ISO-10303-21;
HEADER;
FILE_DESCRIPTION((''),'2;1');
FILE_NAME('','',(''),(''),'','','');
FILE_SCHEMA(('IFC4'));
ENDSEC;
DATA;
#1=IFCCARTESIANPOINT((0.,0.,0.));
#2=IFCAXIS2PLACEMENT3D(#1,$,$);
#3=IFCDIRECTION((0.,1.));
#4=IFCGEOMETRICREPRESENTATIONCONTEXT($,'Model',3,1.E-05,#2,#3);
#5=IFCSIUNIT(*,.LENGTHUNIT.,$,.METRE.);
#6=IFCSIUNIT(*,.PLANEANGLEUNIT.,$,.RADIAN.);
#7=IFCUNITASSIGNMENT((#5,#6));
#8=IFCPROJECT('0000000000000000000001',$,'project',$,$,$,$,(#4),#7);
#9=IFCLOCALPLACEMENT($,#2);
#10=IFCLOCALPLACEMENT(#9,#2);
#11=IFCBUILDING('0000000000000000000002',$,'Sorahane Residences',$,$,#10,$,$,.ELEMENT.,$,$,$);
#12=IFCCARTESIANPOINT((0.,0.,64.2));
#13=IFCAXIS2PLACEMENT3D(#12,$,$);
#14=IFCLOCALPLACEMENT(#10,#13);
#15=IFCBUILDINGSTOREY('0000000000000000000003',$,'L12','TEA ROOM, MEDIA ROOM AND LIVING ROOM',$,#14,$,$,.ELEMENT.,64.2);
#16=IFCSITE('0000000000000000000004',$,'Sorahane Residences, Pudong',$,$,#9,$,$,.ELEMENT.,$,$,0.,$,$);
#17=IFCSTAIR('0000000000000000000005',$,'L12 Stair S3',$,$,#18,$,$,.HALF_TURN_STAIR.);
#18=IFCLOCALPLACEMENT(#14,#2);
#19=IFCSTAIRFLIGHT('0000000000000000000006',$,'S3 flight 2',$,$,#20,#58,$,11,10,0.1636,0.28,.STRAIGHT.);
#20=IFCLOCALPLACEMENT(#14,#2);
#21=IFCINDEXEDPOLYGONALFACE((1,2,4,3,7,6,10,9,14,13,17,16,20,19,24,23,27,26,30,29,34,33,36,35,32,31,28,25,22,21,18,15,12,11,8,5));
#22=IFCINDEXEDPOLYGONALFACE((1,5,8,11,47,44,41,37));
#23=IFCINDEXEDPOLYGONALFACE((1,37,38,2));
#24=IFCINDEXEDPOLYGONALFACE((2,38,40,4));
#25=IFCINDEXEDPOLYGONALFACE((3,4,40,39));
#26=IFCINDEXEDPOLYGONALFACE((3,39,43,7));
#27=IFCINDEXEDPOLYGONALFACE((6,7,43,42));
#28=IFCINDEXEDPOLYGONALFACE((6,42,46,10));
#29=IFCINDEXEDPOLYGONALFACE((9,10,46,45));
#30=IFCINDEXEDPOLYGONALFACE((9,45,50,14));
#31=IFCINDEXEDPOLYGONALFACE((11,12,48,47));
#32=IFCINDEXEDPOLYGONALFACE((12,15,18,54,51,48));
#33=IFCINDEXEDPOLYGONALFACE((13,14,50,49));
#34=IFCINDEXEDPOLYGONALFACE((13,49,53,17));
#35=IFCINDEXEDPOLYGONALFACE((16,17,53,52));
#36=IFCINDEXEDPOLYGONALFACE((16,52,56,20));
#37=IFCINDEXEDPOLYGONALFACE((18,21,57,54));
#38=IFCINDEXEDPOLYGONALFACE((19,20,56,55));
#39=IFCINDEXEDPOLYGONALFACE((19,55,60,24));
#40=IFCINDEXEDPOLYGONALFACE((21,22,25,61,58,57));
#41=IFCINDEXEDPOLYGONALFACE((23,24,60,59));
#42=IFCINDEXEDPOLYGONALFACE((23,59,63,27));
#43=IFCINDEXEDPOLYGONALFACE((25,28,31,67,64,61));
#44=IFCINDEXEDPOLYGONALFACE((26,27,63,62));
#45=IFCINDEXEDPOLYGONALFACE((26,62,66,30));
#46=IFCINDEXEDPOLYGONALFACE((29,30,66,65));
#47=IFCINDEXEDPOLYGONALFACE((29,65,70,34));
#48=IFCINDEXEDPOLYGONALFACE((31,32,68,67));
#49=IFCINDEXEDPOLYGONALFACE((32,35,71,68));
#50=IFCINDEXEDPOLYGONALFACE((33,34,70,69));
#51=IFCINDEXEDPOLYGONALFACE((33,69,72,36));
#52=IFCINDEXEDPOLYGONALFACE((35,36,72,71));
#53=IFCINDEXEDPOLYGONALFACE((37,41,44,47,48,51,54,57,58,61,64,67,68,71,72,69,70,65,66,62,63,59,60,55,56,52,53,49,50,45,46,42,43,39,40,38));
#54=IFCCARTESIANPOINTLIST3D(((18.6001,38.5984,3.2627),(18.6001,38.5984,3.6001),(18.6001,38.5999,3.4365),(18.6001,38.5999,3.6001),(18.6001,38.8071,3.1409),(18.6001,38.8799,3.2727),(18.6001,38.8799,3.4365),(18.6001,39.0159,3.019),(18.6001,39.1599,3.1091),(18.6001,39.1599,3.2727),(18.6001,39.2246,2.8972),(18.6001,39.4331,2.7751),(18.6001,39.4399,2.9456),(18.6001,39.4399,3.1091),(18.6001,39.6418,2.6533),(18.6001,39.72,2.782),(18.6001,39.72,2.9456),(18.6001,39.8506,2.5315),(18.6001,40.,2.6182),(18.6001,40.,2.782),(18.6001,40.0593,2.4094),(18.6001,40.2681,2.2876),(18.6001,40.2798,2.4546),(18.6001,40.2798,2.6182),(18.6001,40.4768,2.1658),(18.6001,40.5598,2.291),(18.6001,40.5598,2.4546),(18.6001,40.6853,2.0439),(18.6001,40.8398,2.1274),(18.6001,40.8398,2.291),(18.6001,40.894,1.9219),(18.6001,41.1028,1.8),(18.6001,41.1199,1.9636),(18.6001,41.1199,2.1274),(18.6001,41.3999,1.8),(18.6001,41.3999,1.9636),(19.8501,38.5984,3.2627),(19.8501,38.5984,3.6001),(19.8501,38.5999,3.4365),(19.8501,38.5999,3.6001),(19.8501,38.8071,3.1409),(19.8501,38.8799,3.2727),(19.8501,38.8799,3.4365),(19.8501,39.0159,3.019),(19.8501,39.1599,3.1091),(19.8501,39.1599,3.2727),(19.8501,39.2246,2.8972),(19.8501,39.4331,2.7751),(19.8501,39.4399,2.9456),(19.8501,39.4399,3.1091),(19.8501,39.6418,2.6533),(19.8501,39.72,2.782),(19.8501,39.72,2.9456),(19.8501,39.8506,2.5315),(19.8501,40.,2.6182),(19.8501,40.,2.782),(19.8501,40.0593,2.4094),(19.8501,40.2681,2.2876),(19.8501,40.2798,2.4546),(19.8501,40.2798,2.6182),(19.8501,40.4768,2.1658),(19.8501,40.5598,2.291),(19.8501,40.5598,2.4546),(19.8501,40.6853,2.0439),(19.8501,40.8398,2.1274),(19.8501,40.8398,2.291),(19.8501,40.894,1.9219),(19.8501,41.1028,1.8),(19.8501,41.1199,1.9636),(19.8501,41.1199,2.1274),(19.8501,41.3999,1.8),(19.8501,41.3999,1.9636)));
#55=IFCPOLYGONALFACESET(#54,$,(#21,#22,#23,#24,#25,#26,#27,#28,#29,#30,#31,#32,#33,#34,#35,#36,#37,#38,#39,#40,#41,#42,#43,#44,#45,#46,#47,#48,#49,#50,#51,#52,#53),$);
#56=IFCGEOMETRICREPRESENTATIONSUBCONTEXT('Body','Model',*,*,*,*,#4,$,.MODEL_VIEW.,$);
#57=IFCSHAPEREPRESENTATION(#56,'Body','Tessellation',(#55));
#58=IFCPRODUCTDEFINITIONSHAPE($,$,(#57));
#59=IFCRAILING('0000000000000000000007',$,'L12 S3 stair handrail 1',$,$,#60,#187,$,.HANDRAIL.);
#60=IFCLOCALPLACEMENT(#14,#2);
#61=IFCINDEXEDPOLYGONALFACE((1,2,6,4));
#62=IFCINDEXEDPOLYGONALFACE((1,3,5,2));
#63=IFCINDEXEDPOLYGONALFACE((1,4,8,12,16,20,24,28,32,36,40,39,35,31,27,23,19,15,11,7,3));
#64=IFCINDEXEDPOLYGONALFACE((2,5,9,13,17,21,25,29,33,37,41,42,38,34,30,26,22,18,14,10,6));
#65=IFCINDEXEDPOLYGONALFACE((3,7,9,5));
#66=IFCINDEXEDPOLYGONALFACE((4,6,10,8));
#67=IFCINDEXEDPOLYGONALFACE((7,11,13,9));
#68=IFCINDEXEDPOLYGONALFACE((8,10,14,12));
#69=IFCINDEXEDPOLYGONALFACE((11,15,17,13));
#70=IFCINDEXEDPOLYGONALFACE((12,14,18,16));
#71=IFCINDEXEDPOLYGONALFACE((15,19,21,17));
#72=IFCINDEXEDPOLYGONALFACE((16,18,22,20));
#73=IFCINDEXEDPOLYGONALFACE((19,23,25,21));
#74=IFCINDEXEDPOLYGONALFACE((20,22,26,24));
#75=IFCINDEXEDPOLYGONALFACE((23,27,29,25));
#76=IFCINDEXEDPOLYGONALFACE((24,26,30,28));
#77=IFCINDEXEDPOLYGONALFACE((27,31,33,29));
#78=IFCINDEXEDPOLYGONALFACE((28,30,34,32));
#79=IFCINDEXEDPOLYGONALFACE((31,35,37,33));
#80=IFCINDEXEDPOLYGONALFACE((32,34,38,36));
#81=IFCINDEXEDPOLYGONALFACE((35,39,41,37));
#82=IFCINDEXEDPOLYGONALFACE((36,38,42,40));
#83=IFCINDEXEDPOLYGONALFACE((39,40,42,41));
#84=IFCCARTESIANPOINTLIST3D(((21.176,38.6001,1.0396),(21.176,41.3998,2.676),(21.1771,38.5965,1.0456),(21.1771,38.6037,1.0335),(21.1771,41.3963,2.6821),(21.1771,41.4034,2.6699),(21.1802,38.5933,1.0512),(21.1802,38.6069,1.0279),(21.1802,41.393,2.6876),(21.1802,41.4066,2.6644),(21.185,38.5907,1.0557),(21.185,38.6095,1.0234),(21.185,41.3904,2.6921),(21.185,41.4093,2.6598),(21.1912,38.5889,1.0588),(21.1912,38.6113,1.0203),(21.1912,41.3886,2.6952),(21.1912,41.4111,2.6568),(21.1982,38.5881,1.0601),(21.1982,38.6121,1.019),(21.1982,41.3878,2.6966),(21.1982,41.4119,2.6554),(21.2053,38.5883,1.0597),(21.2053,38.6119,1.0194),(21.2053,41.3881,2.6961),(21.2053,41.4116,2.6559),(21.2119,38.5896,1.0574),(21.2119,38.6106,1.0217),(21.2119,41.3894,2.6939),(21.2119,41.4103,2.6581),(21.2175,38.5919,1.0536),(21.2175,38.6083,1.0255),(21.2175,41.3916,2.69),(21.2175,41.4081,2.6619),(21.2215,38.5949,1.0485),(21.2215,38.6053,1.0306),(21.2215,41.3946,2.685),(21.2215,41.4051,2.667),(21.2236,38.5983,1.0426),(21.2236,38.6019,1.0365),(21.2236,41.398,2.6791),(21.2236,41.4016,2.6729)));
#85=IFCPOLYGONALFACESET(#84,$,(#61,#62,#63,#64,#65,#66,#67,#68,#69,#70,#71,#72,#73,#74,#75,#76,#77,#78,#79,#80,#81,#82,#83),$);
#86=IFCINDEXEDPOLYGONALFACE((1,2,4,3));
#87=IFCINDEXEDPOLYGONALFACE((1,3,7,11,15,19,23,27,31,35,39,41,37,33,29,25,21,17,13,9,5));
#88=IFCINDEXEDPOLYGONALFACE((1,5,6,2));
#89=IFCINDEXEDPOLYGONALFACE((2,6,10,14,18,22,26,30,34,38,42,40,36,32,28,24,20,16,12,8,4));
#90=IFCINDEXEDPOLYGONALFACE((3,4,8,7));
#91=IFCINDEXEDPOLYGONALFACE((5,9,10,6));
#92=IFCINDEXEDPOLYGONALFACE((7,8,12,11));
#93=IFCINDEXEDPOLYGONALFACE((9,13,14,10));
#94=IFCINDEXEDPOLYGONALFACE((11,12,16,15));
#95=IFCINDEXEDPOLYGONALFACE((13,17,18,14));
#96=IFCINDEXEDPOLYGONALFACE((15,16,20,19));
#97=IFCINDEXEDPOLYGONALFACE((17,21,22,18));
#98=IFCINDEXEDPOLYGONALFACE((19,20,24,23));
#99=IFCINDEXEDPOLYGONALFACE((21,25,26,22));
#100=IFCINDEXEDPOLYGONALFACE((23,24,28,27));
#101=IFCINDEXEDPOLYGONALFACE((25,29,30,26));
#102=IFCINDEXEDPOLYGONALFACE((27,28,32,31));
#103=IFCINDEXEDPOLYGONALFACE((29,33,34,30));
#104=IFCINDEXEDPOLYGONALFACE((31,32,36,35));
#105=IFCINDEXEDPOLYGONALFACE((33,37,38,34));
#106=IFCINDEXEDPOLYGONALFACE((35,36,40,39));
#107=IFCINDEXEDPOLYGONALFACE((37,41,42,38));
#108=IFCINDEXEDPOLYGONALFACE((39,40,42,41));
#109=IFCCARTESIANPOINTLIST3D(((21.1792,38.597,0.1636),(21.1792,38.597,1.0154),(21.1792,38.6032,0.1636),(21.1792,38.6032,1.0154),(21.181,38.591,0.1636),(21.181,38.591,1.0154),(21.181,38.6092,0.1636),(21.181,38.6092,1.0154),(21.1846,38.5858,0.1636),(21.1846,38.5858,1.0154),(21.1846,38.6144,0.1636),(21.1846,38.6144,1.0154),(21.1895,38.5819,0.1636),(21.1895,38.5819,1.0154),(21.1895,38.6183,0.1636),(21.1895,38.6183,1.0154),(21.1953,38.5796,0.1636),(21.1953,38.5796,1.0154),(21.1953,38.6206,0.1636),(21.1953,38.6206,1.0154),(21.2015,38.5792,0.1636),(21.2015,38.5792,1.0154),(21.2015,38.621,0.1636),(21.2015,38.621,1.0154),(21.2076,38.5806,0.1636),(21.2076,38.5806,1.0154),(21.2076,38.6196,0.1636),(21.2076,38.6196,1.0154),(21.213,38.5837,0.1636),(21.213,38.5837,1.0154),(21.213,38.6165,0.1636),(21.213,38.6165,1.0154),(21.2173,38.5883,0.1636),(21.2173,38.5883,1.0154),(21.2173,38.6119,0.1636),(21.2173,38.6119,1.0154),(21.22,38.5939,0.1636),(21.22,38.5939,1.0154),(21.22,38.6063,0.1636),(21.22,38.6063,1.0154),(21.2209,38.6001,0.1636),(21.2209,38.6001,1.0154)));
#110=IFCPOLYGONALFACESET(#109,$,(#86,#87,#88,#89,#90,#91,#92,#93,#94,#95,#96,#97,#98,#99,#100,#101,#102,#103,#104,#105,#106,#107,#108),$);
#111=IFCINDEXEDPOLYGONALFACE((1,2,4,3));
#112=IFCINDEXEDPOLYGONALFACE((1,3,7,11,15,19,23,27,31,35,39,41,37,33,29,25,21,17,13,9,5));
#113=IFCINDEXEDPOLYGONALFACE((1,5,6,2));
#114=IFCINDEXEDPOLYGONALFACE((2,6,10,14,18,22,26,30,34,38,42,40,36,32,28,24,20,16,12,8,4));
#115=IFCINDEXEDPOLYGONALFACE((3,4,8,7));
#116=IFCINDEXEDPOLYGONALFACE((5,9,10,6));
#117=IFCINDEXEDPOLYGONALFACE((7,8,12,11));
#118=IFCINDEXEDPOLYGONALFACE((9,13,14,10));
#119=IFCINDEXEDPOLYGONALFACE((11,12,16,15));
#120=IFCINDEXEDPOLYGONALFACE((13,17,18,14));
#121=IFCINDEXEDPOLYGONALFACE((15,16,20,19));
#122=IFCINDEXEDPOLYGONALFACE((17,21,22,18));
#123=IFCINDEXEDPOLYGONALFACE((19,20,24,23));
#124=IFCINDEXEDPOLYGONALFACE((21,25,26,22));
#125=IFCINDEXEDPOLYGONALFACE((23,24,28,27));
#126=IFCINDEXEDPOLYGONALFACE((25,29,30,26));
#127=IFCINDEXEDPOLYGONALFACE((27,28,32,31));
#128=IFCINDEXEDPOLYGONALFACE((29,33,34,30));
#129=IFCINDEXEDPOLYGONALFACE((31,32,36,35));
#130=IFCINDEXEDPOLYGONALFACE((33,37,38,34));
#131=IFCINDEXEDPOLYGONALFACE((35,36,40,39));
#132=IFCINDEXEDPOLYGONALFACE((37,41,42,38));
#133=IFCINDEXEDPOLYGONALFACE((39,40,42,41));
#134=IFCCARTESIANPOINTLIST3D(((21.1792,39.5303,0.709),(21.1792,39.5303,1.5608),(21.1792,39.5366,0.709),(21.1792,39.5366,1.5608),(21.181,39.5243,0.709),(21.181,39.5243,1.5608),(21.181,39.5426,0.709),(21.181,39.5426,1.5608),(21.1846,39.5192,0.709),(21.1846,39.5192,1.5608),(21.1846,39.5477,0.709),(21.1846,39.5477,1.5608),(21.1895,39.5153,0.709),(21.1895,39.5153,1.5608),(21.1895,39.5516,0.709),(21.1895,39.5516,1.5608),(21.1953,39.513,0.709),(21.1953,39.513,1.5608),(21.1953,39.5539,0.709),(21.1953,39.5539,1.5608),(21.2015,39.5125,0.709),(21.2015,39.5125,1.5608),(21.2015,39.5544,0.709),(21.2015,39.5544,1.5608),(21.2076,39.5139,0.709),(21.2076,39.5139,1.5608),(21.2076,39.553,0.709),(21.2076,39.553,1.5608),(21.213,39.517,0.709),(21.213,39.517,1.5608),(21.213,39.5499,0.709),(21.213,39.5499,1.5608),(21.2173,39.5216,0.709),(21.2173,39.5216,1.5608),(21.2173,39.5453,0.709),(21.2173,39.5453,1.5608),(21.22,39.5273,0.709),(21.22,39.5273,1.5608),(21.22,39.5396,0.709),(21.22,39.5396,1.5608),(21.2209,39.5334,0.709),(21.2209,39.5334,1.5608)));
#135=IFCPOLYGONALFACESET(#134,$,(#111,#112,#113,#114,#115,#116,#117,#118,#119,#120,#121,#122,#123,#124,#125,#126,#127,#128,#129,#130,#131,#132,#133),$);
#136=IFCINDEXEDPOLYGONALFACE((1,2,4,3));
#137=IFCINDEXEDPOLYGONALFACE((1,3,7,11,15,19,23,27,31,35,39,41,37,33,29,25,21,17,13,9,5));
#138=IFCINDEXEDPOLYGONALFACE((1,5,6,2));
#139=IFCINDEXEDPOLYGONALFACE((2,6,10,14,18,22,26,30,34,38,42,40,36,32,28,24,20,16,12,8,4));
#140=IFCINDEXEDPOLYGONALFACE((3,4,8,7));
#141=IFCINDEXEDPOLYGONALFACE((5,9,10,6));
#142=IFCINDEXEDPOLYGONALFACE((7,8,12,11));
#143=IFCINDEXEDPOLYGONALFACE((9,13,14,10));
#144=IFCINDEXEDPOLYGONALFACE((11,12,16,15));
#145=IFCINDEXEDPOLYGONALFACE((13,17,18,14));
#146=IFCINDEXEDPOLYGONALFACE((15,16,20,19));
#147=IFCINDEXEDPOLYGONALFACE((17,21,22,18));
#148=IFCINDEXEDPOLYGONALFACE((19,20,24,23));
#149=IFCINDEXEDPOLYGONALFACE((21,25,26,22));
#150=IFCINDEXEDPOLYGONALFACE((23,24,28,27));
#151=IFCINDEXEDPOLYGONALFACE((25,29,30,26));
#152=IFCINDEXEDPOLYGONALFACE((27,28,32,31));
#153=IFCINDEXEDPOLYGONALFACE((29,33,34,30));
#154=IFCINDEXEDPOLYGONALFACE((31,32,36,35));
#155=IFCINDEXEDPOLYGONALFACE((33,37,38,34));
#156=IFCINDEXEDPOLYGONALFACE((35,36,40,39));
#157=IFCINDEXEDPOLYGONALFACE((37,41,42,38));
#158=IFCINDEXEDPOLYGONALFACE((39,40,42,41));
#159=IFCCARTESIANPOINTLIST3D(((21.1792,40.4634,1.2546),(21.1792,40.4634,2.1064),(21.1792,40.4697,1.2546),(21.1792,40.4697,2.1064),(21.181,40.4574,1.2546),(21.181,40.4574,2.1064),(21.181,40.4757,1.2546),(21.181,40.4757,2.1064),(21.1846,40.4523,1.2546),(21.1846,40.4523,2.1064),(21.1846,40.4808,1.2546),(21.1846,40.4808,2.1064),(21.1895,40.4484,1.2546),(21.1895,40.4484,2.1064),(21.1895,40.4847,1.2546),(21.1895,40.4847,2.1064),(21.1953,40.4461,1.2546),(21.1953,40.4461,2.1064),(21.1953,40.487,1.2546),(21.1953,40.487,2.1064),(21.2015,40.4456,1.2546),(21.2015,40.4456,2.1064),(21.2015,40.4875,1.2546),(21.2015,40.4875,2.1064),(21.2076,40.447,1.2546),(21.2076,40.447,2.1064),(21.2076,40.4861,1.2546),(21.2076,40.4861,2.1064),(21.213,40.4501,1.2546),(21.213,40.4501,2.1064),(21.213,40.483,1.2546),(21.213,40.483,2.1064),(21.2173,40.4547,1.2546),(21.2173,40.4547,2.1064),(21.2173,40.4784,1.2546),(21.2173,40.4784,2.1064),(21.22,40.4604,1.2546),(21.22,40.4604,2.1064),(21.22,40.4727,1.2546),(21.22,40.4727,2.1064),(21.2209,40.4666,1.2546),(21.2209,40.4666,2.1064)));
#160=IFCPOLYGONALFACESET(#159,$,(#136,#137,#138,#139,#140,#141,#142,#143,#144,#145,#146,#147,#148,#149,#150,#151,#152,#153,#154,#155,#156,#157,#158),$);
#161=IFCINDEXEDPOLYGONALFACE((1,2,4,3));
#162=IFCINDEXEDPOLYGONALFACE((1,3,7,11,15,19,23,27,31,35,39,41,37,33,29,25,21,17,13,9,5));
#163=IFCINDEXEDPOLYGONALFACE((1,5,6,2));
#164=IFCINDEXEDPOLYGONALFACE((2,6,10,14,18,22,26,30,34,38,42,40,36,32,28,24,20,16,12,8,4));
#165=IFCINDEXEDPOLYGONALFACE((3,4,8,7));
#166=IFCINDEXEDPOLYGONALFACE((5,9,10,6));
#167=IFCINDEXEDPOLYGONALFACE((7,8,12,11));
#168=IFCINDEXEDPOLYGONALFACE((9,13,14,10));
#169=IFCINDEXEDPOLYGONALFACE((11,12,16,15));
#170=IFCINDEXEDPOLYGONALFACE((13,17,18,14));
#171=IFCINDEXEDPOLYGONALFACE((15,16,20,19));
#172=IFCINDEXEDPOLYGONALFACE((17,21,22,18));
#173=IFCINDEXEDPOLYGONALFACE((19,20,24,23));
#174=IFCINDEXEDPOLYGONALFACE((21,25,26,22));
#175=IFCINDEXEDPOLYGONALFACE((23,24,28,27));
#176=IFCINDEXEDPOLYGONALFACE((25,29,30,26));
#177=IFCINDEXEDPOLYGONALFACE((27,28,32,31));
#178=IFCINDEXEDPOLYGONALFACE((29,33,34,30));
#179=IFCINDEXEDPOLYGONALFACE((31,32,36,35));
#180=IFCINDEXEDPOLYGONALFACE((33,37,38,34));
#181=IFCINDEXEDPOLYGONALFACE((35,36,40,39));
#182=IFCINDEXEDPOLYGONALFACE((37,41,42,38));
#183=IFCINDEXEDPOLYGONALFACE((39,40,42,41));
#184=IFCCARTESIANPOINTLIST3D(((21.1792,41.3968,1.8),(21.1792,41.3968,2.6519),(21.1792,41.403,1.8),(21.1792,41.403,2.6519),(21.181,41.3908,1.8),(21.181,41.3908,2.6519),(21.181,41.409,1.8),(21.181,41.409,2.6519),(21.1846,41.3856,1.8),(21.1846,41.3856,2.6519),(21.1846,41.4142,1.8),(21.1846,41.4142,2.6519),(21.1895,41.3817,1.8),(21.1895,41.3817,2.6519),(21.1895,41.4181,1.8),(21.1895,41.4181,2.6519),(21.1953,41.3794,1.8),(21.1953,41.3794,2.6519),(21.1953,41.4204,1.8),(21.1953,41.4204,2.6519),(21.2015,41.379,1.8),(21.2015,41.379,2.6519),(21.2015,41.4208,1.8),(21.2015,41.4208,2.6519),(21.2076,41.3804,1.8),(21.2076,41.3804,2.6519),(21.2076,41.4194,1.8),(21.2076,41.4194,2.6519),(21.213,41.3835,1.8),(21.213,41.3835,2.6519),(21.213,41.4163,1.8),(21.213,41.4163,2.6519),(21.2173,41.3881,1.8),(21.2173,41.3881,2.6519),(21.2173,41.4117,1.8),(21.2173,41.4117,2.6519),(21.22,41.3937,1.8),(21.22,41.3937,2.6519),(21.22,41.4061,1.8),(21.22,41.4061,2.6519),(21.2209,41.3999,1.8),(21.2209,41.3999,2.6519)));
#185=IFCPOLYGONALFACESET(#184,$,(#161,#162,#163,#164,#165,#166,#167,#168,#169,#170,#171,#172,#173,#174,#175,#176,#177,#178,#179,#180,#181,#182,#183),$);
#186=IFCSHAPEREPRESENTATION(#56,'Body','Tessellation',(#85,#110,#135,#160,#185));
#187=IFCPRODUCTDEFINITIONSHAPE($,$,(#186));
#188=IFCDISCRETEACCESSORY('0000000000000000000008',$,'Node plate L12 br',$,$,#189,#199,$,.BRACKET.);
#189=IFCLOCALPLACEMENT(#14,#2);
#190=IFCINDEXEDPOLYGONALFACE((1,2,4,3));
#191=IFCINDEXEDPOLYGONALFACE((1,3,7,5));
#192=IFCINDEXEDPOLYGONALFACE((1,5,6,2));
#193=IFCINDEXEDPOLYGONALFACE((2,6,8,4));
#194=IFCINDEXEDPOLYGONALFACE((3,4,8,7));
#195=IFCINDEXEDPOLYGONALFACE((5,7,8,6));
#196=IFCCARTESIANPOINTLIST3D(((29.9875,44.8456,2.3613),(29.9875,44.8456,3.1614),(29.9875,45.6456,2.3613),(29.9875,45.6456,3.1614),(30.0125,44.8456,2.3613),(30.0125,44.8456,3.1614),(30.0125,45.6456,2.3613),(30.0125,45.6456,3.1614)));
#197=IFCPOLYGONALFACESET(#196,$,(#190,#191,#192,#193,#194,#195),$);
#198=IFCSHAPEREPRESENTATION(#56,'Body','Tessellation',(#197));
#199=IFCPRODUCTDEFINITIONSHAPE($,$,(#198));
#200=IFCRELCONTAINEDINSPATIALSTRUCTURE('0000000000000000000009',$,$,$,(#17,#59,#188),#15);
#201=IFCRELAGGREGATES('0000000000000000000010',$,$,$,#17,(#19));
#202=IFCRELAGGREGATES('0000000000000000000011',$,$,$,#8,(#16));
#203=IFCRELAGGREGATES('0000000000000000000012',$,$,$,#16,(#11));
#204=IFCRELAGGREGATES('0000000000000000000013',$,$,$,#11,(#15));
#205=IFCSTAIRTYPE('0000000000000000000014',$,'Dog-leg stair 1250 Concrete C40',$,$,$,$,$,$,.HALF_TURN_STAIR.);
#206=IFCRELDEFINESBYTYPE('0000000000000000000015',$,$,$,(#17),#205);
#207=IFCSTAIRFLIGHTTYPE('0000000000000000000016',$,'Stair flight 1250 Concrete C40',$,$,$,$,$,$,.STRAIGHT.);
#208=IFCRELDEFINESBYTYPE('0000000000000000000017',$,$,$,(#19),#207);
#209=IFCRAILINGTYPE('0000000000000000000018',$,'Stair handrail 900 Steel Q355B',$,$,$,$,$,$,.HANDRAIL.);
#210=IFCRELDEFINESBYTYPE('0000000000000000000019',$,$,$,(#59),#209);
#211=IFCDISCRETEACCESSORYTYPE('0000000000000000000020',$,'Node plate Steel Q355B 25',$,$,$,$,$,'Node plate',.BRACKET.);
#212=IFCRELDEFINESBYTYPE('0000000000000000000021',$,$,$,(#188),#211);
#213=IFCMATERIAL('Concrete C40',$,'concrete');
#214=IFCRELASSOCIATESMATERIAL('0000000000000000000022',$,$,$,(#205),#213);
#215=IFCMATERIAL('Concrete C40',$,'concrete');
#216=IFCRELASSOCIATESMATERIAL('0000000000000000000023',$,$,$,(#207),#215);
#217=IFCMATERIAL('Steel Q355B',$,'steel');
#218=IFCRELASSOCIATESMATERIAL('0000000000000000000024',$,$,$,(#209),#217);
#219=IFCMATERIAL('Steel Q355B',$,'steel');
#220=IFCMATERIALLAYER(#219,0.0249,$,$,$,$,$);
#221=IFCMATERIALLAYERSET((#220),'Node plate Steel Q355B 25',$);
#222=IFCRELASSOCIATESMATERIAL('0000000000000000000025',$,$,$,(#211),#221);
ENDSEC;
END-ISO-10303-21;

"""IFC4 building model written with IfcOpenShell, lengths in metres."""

from ifc_helpers import new_model, si_unit, direction, frame, origin, origin_2d, place, context, subcontext, project, spatial, polyline, rectangle, circle, outline, extrude, material, layer, layer_set, type_object, element, aggregate, save


model = new_model("IFC4")

# Units and contexts
model_context = context("Model", 3, precision=1e-05, world=origin(), true_north=direction((0.0, 1.0)))
body_context = subcontext(model_context, "Body", "Model", "MODEL_VIEW")
ifc_project = project(units=[si_unit("LENGTHUNIT", "METRE"), si_unit("PLANEANGLEUNIT", "RADIAN")], contexts=[model_context])

# Site, building, storey
site_placement = place(None, origin())
site = spatial("IfcSite", under=ifc_project, at=site_placement, Name="Sorahane Residences, Pudong", CompositionType="ELEMENT", RefElevation=0.0)
building_placement = place(site_placement, origin())
building = spatial("IfcBuilding", under=site, at=building_placement, Name="Sorahane Residences", CompositionType="ELEMENT")
storey_placement = place(building_placement, frame((0.0, 0.0, 64.2)))
storey = spatial("IfcBuildingStorey", under=building, at=storey_placement, Name="L12", Description="TEA ROOM, MEDIA ROOM AND LIVING ROOM", CompositionType="ELEMENT", Elevation=64.2)

# Stair, stair flight
ifc_material_1 = material(Name="Concrete C40", Category="concrete")
stair_type = type_object("IfcStairType", Name="Dog-leg stair 1250 Concrete C40", PredefinedType="HALF_TURN_STAIR", material=ifc_material_1)
stair_placement = place(storey_placement, origin())
stair = element("IfcStair", 1, at=stair_placement, inside=storey, type_object=stair_type, Name="L12 Stair S3", PredefinedType="HALF_TURN_STAIR")
ifc_material_2 = material(Name="Concrete C40", Category="concrete")
stair_flight_type = type_object("IfcStairFlightType", Name="Stair flight 1250 Concrete C40", PredefinedType="STRAIGHT", material=ifc_material_2)
stair_flight_1_placement = place(storey_placement, frame((19.2251, 41.3999, 1.8), z_axis=(0.0, 0.0, 1.0), x_axis=(0.0, -1.0, 0.0)))
stair_flight_1 = element("IfcStairFlight", 2, at=stair_flight_1_placement, type_object=stair_flight_type, Name="S3 flight 2", NumberOfRisers=11, NumberOfTreads=10, PredefinedType="STRAIGHT", RiserHeight=0.1636, TreadLength=0.28, context=body_context, shape_type="SweptSolid", body=[
    extrude(outline(polyline([(0.0, 0.0), (0.0, 0.1636), (0.28, 0.1636), (0.28, 0.3274), (0.5601, 0.3274), (0.5601, 0.491), (0.8401, 0.491), (0.8401, 0.6545), (1.1201, 0.6545), (1.1201, 0.8181), (1.3999, 0.8181), (1.3999, 0.9819), (1.6799, 0.9819), (1.6799, 1.1455), (1.96, 1.1455), (1.96, 1.3091), (2.24, 1.3091), (2.24, 1.4727), (2.52, 1.4727), (2.52, 1.6365), (2.8, 1.6365), (2.8, 1.8), (2.8015, 1.8), (2.8015, 1.4626), (2.5928, 1.3408), (2.384, 1.219), (2.1753, 1.0972), (1.9668, 0.9751), (1.7581, 0.8533), (1.5493, 0.7314), (1.3406, 0.6094), (1.1318, 0.4875), (0.9231, 0.3657), (0.7146, 0.2439), (0.5059, 0.1218), (0.2971, 0.0), (0.0, 0.0)])), frame((0.0, 0.625, 0.0), z_axis=(0.0, -1.0, 0.0), x_axis=(1.0, 0.0, 0.0)), (0.0, 0.0, 1.0), 1.25),
])
aggregate(stair, [stair_flight_1])

# Railing
ifc_material_3 = material(Name="Steel Q355B", Category="steel")
railing_type = type_object("IfcRailingType", Name="Stair handrail 900 Steel Q355B", PredefinedType="HANDRAIL", material=ifc_material_3)
railing_placement = place(storey_placement, frame((21.2, 38.6001, 0.1636)))
element("IfcRailing", 3, at=railing_placement, inside=storey, type_object=railing_type, Name="L12 S3 stair handrail 1", PredefinedType="HANDRAIL", context=body_context, shape_type="SweptSolid", body=[
    extrude(circle(Radius=0.0239, at=origin_2d()), frame((0.0, 0.0, 0.876), z_axis=(0.0, 0.863342, 0.50462), x_axis=(-1.0, 0.0, 0.0)), (0.0, 0.0, 1.0), 3.2429),
    extrude(circle(Radius=0.021, at=origin_2d()), origin(), (0.0, 0.0, 1.0), 0.8518),
    extrude(circle(Radius=0.021, at=origin_2d()), frame((0.0, 0.9333, 0.5454)), (0.0, 0.0, 1.0), 0.8518),
    extrude(circle(Radius=0.021, at=origin_2d()), frame((0.0, 1.8665, 1.0911)), (0.0, 0.0, 1.0), 0.8518),
    extrude(circle(Radius=0.021, at=origin_2d()), frame((0.0, 2.7998, 1.6365)), (0.0, 0.0, 1.0), 0.8518),
])

# Discrete accessory
ifc_material_4 = material(Name="Steel Q355B", Category="steel")
ifc_layer_1 = layer(ifc_material_4, 0.0249)
ifc_layer_set_1 = layer_set([ifc_layer_1], Name="Node plate Steel Q355B 25")
discrete_accessory_type = type_object("IfcDiscreteAccessoryType", Name="Node plate Steel Q355B 25", ElementType="Node plate", PredefinedType="BRACKET", material=ifc_layer_set_1)
for number, where, z_axis, x_axis, name in (
    (4, (30.0, 45.2456, 2.3613), (0.0, 0.0, 1.0), (0.0, 1.0, 0.0), "Node plate L12 br"),
):
    element("IfcDiscreteAccessory", number, at=place(storey_placement, frame(where, z_axis=z_axis, x_axis=x_axis)), inside=storey, type_object=discrete_accessory_type, Name=name, PredefinedType="BRACKET", context=body_context, shape_type="SweptSolid", body=[
        extrude(rectangle(XDim=0.8, YDim=0.0249, at=origin_2d()), origin(), (0.0, 0.0, 1.0), 0.8),
    ])

save(model, "model.ifc")
